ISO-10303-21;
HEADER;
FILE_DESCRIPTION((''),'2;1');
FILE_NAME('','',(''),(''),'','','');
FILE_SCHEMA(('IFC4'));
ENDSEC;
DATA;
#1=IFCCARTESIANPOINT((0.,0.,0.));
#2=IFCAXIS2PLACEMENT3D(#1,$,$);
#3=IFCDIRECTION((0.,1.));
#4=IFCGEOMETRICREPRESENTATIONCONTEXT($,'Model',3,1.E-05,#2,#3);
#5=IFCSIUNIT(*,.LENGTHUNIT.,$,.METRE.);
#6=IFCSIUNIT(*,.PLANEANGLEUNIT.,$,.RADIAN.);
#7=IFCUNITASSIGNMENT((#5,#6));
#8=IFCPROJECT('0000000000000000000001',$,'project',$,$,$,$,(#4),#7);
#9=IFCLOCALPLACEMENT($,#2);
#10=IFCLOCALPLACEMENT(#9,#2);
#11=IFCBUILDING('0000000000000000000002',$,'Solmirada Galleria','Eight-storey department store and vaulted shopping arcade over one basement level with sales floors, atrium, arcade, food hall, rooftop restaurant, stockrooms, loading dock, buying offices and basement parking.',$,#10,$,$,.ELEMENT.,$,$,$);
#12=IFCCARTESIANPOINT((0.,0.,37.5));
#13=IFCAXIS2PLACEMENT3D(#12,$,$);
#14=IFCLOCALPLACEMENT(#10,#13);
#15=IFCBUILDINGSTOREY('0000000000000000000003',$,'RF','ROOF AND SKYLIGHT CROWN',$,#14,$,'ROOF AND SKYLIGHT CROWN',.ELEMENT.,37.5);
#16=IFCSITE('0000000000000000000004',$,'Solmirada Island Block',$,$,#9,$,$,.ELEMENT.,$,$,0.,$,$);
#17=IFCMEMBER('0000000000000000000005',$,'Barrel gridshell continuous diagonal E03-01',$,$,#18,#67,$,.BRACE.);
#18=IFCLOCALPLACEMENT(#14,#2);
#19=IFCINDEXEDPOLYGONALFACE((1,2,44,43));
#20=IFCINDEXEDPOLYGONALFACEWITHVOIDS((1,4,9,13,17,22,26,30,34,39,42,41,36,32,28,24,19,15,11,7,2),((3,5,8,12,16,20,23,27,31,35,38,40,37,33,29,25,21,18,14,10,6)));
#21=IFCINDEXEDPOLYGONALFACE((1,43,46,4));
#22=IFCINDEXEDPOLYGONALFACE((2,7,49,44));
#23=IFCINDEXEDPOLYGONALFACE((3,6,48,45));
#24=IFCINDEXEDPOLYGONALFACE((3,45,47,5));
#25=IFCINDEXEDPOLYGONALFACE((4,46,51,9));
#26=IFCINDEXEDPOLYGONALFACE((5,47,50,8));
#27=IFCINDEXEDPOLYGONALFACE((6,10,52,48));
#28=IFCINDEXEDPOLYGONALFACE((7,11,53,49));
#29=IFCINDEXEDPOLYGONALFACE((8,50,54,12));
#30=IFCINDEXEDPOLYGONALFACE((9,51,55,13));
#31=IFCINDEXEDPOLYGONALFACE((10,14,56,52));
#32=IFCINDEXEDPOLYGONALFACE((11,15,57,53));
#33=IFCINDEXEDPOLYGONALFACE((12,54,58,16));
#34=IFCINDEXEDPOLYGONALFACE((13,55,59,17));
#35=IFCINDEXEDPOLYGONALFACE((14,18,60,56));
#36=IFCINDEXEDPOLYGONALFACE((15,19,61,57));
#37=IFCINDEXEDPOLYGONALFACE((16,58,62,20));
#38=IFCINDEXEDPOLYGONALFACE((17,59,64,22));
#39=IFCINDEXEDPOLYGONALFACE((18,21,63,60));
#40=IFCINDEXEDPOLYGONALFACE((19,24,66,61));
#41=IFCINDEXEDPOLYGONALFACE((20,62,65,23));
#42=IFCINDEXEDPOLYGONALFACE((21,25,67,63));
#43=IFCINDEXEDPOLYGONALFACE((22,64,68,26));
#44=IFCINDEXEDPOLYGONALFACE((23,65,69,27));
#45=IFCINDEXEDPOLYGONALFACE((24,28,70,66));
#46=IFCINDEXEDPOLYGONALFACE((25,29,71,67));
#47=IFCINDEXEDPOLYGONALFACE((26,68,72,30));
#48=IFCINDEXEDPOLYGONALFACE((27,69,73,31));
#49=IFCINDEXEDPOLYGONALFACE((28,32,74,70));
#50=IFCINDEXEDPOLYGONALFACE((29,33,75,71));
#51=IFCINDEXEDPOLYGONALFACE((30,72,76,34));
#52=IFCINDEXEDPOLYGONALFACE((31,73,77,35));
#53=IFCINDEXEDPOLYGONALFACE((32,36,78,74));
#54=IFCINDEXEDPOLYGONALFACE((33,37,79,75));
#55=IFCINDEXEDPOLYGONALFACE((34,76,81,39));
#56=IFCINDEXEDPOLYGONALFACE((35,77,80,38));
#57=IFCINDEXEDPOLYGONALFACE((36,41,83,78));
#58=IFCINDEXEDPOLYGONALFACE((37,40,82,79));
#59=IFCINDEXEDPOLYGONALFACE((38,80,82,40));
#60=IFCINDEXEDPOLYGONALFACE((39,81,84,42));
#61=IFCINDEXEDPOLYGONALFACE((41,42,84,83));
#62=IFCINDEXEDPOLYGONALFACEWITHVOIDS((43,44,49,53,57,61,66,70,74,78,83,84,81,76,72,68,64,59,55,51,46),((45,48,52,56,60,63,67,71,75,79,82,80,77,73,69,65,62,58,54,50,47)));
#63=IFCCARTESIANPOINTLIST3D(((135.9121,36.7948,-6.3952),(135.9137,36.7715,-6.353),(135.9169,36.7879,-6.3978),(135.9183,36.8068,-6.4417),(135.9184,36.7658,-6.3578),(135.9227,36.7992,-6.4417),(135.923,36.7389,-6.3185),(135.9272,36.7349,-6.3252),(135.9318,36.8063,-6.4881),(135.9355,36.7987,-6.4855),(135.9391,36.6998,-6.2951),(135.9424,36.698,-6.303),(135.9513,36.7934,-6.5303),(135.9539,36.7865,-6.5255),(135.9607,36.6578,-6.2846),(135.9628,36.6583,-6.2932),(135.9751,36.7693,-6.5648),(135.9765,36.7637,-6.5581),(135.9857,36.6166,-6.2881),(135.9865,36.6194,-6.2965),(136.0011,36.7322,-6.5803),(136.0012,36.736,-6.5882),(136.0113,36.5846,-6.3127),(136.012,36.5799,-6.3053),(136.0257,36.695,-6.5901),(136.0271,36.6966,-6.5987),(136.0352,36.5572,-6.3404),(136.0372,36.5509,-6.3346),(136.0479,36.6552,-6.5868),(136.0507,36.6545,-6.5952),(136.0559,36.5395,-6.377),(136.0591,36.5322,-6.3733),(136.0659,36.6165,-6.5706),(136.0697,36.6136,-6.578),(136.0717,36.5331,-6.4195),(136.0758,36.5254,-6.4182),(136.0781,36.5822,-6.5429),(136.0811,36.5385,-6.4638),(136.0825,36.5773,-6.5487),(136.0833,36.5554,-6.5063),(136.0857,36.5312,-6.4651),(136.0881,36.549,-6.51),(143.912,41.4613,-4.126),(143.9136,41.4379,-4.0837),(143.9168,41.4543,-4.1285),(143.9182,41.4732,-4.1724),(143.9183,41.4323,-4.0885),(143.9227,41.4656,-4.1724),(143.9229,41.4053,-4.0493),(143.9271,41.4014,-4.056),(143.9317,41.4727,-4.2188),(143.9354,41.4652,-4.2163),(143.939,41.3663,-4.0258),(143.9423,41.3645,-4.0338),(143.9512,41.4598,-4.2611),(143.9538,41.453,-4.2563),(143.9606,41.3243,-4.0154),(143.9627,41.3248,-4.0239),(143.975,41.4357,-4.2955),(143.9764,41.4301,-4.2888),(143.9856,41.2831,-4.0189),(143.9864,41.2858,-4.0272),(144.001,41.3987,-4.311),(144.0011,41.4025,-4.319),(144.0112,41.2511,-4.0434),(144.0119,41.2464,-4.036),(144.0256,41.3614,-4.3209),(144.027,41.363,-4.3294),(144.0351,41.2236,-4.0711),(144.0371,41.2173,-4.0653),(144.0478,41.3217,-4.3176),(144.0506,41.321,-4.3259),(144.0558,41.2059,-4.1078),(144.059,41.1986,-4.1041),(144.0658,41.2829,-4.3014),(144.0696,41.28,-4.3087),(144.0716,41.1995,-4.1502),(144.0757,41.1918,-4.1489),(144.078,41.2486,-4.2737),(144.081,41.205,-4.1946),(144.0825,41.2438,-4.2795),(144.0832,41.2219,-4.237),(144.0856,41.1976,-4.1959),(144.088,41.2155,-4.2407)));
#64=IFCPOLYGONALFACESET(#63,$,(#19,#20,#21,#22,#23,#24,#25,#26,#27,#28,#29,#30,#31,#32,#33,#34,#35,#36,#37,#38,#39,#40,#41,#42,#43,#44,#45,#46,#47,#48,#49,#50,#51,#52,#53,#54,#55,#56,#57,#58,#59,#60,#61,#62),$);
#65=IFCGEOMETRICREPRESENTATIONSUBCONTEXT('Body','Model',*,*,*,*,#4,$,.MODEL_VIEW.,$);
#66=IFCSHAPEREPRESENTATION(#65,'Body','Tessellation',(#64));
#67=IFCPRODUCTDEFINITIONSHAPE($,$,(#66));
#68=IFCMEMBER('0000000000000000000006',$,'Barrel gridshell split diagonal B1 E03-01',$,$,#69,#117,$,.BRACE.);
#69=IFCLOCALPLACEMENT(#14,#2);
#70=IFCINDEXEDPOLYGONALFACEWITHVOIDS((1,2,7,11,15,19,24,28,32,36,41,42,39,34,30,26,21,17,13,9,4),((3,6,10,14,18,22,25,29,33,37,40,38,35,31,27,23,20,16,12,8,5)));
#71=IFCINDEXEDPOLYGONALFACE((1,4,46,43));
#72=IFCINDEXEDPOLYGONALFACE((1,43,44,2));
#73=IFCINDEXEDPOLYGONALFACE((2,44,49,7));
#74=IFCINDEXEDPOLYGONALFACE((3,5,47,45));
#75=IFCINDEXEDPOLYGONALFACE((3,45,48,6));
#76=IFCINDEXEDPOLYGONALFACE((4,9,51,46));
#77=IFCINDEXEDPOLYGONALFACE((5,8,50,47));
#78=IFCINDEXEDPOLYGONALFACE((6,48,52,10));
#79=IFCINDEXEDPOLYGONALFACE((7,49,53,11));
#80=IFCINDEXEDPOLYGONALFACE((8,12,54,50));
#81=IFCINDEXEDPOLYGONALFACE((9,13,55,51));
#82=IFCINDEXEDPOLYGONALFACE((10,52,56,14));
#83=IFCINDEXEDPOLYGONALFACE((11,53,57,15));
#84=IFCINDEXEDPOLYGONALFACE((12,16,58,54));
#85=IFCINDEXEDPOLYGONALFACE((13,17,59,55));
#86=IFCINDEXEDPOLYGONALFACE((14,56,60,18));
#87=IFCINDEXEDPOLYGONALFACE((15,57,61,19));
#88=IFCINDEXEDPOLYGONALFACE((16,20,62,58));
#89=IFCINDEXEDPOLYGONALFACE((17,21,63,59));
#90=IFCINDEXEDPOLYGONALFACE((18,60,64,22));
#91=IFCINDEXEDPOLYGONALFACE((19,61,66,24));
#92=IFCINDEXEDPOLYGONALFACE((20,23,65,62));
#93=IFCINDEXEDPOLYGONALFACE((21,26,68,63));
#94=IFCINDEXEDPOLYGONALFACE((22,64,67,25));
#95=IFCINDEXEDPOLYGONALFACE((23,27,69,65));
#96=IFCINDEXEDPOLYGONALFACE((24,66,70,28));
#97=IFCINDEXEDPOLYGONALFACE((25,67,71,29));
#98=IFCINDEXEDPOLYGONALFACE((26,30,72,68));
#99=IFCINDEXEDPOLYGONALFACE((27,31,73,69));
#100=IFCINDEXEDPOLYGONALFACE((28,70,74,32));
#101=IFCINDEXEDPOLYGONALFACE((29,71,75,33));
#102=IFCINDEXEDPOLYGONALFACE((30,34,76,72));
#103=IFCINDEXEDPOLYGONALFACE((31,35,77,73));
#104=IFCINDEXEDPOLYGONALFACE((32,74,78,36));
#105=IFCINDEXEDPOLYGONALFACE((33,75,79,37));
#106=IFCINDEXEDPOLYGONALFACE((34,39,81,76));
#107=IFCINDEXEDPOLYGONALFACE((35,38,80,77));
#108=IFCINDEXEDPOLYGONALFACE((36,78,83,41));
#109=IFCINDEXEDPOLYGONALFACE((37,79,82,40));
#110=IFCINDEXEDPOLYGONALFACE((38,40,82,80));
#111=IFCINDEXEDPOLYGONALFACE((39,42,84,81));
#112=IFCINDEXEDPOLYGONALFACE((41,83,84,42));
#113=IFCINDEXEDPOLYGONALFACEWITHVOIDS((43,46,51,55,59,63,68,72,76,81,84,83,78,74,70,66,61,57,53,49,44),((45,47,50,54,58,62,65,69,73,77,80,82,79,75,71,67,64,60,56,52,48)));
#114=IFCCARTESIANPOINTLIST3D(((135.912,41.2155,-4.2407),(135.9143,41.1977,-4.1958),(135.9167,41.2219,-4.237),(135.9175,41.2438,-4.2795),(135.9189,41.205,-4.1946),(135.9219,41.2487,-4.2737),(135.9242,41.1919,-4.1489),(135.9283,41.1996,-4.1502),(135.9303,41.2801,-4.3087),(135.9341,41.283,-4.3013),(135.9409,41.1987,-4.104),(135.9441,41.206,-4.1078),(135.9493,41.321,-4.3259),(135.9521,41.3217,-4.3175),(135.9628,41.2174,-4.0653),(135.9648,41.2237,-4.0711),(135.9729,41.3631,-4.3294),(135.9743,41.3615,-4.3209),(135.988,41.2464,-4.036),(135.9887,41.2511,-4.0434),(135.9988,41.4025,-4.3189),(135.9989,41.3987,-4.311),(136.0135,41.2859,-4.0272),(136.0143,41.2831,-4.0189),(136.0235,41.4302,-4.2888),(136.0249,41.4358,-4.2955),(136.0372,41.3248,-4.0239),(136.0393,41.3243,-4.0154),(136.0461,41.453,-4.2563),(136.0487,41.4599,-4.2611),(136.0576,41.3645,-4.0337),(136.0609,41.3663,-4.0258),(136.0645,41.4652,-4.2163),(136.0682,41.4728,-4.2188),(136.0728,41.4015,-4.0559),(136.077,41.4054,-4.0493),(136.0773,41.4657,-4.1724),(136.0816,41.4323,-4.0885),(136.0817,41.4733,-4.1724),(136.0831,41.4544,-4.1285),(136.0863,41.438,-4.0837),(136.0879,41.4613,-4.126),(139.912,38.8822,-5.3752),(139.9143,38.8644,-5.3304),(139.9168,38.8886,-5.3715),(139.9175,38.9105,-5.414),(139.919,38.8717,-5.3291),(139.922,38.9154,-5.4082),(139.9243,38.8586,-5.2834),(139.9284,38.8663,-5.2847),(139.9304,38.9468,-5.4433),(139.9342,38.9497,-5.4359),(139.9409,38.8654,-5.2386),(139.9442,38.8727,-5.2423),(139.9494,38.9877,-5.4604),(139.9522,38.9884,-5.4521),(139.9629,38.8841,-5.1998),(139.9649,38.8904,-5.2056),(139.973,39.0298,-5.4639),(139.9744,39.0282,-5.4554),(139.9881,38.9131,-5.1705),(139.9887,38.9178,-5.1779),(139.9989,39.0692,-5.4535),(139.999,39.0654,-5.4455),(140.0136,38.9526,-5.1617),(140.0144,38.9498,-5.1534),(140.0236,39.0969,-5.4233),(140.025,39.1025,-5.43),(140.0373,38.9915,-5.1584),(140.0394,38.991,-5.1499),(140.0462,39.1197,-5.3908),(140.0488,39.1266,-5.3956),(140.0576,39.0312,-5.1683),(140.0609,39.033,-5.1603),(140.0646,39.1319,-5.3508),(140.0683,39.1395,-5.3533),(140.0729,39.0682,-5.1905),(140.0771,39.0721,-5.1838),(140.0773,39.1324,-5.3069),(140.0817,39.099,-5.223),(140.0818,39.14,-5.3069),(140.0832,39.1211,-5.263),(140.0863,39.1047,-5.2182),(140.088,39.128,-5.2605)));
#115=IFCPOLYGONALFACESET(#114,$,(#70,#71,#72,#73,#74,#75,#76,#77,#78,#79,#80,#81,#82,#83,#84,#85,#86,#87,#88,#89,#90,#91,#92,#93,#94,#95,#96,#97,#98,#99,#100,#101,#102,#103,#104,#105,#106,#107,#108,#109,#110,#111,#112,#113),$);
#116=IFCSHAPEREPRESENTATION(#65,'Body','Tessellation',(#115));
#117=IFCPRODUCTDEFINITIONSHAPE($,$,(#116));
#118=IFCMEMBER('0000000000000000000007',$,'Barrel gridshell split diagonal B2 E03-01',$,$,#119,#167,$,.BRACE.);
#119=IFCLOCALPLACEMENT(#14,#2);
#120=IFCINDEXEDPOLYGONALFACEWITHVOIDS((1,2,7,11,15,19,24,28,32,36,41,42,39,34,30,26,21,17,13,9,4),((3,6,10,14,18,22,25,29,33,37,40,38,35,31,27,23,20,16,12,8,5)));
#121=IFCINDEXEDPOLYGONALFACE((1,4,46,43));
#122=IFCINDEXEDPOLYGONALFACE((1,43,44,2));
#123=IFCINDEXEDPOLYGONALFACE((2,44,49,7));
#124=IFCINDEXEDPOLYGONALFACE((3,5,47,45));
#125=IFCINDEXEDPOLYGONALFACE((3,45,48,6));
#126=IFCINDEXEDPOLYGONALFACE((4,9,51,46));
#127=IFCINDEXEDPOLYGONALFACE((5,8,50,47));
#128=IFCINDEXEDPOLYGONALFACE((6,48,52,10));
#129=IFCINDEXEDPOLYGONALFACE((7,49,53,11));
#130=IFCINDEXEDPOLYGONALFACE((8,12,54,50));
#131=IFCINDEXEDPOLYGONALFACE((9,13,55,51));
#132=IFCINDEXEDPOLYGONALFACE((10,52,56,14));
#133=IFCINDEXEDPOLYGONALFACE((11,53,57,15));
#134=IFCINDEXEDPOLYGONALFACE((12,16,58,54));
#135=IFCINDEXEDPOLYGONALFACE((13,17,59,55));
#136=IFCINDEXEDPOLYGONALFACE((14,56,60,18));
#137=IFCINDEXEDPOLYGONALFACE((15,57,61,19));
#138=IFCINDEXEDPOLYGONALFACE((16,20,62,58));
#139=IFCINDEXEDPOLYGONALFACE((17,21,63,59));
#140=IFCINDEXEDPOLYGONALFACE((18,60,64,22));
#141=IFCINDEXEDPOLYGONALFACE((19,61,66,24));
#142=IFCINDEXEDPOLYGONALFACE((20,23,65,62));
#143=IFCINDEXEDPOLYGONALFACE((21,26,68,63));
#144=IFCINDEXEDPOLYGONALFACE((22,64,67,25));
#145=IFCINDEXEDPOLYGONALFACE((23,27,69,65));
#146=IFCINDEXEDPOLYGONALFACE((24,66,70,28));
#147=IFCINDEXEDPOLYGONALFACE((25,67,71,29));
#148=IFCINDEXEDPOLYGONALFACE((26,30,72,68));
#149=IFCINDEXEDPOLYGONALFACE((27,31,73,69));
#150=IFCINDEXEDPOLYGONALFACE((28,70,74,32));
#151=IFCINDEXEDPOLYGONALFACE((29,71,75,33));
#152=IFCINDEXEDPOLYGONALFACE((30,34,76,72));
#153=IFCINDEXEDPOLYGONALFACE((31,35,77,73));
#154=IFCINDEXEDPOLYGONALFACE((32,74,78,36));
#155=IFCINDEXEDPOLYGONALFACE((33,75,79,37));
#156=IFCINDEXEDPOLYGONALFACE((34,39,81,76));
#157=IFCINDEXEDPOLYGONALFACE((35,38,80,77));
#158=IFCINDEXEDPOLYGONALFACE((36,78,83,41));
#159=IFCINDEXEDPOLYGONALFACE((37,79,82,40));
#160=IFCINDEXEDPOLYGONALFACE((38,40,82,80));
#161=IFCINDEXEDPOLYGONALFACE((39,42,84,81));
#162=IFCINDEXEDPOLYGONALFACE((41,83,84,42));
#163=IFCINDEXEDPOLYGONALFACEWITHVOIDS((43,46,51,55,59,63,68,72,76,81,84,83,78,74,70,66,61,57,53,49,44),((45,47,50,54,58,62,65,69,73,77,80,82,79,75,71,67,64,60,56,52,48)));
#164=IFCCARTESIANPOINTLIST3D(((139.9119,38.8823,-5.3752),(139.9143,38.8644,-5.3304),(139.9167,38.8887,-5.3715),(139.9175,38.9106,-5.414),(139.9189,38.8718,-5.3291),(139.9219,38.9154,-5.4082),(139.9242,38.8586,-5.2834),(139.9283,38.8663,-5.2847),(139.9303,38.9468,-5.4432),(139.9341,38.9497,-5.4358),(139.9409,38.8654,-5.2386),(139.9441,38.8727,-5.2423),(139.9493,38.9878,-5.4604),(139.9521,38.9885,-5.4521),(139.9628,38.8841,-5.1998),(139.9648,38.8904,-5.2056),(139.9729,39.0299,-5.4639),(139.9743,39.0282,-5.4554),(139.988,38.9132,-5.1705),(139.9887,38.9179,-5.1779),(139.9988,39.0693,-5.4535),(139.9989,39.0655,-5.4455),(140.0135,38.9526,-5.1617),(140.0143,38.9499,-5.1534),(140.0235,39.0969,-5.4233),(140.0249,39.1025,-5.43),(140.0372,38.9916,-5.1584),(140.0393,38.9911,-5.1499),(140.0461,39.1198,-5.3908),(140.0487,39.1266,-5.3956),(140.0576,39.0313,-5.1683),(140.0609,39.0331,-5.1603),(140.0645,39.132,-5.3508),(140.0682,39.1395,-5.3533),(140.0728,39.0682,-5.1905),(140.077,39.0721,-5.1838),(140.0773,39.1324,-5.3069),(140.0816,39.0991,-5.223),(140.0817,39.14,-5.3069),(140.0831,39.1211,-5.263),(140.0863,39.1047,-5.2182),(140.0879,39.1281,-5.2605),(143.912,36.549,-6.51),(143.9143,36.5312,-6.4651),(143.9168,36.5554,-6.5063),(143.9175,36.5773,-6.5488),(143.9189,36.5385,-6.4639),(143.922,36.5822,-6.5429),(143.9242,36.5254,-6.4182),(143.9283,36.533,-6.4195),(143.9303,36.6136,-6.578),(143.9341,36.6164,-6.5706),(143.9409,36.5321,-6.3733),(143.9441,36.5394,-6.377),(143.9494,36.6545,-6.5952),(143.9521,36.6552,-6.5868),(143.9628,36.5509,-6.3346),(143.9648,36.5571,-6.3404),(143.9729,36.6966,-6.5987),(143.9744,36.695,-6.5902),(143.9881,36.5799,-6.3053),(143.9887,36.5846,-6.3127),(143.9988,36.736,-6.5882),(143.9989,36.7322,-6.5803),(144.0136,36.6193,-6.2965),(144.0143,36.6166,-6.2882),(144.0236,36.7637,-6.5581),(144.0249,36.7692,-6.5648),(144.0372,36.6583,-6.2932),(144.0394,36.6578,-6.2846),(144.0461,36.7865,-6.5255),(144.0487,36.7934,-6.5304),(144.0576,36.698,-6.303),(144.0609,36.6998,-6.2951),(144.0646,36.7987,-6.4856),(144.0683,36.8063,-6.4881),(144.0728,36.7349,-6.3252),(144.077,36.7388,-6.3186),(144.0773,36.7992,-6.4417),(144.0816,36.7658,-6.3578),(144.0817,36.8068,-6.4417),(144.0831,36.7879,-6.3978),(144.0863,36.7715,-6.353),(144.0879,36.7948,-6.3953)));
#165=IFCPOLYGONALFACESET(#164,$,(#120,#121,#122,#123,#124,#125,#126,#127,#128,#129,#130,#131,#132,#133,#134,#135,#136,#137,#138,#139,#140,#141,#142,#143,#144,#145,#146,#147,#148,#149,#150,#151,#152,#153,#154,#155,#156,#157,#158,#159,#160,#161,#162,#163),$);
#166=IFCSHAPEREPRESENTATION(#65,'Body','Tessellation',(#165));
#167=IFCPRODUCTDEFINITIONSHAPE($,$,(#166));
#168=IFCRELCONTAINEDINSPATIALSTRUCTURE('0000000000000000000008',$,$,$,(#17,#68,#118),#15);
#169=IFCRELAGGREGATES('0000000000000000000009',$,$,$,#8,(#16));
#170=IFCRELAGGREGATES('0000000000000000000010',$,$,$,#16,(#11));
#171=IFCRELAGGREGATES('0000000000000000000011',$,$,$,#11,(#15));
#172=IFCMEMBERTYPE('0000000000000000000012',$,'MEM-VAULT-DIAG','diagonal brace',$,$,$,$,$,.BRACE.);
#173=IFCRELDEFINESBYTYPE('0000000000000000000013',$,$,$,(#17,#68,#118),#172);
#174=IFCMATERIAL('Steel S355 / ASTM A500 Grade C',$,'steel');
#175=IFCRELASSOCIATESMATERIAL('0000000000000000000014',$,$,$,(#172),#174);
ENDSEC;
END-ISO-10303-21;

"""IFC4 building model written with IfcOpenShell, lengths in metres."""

from ifc_helpers import new_model, si_unit, direction, frame, origin, origin_2d, place, context, subcontext, project, spatial, hollow_circle, extrude, material, material_profile, profile_set, type_object, element, save


model = new_model("IFC4")

# Units and contexts
model_context = context("Model", 3, precision=1e-05, world=origin(), true_north=direction((0.0, 1.0)))
body_context = subcontext(model_context, "Body", "Model", "MODEL_VIEW")
ifc_project = project(units=[si_unit("LENGTHUNIT", "METRE"), si_unit("PLANEANGLEUNIT", "RADIAN")], contexts=[model_context])

# Site, building, storey
site_placement = place(None, origin())
site = spatial("IfcSite", under=ifc_project, at=site_placement, Name="Solmirada Island Block", CompositionType="ELEMENT", RefElevation=0.0)
building_placement = place(site_placement, origin())
building = spatial("IfcBuilding", under=site, at=building_placement, Name="Solmirada Galleria", Description="Eight-storey department store and vaulted shopping arcade over one basement level with sales floors, atrium, arcade, food hall, rooftop restaurant, stockrooms, loading dock, buying offices and basement parking.", CompositionType="ELEMENT")
storey_placement = place(building_placement, frame((0.0, 0.0, 37.5)))
storey = spatial("IfcBuildingStorey", under=building, at=storey_placement, Name="RF", Description="ROOF AND SKYLIGHT CROWN", LongName="ROOF AND SKYLIGHT CROWN", CompositionType="ELEMENT", Elevation=37.5)

# Members
ifc_material_1 = material(Name="Steel S355 / ASTM A500 Grade C", Category="steel")
ifc_material_profile_1 = material_profile(ifc_material_1, hollow_circle(Radius=0.1621, WallThickness=0.0088, at=origin_2d()), Name="HSS12.750X0.375")
ifc_profile_set_1 = profile_set([ifc_material_profile_1], Name="Steel S355 / ASTM A500 Grade C")
member_type_1 = type_object("IfcMemberType", Name="MEM-VAULT-DIAG", Description="diagonal brace", PredefinedType="BRACE", material=ifc_profile_set_1)
member_1_placement = place(storey_placement, frame((136.0, 36.6667, -6.4417), z_axis=(0.838969, 0.489382, 0.237983), x_axis=(-0.503858, 0.863787, 0.0)))
element("IfcMember", 1, at=member_1_placement, inside=storey, type_object=member_type_1, Name="Barrel gridshell continuous diagonal E03-01", PredefinedType="BRACE", context=body_context, shape_type="SweptSolid", body=[
    extrude(hollow_circle(Radius=0.1621, WallThickness=0.0088, at=origin_2d()), origin(), (0.0, 0.0, 1.0), 9.5354),
])
for number, where, z_axis, x_axis, name in (
    (2, (136.0, 41.3333, -4.1724), (0.838975, -0.489385, -0.237959), (0.503858, 0.863787, 0.0), "Barrel gridshell split diagonal B1 E03-01"),
    (3, (140.0, 39.0, -5.3069), (0.838964, -0.489379, -0.238007), (0.503858, 0.863787, 0.0), "Barrel gridshell split diagonal B2 E03-01"),
):
    element("IfcMember", number, at=place(storey_placement, frame(where, z_axis=z_axis, x_axis=x_axis)), inside=storey, type_object=member_type_1, Name=name, PredefinedType="BRACE", context=body_context, shape_type="SweptSolid", body=[
        extrude(hollow_circle(Radius=0.1621, WallThickness=0.0088, at=origin_2d()), origin(), (0.0, 0.0, 1.0), 4.7678),
    ])

save(model, "model.ifc")
